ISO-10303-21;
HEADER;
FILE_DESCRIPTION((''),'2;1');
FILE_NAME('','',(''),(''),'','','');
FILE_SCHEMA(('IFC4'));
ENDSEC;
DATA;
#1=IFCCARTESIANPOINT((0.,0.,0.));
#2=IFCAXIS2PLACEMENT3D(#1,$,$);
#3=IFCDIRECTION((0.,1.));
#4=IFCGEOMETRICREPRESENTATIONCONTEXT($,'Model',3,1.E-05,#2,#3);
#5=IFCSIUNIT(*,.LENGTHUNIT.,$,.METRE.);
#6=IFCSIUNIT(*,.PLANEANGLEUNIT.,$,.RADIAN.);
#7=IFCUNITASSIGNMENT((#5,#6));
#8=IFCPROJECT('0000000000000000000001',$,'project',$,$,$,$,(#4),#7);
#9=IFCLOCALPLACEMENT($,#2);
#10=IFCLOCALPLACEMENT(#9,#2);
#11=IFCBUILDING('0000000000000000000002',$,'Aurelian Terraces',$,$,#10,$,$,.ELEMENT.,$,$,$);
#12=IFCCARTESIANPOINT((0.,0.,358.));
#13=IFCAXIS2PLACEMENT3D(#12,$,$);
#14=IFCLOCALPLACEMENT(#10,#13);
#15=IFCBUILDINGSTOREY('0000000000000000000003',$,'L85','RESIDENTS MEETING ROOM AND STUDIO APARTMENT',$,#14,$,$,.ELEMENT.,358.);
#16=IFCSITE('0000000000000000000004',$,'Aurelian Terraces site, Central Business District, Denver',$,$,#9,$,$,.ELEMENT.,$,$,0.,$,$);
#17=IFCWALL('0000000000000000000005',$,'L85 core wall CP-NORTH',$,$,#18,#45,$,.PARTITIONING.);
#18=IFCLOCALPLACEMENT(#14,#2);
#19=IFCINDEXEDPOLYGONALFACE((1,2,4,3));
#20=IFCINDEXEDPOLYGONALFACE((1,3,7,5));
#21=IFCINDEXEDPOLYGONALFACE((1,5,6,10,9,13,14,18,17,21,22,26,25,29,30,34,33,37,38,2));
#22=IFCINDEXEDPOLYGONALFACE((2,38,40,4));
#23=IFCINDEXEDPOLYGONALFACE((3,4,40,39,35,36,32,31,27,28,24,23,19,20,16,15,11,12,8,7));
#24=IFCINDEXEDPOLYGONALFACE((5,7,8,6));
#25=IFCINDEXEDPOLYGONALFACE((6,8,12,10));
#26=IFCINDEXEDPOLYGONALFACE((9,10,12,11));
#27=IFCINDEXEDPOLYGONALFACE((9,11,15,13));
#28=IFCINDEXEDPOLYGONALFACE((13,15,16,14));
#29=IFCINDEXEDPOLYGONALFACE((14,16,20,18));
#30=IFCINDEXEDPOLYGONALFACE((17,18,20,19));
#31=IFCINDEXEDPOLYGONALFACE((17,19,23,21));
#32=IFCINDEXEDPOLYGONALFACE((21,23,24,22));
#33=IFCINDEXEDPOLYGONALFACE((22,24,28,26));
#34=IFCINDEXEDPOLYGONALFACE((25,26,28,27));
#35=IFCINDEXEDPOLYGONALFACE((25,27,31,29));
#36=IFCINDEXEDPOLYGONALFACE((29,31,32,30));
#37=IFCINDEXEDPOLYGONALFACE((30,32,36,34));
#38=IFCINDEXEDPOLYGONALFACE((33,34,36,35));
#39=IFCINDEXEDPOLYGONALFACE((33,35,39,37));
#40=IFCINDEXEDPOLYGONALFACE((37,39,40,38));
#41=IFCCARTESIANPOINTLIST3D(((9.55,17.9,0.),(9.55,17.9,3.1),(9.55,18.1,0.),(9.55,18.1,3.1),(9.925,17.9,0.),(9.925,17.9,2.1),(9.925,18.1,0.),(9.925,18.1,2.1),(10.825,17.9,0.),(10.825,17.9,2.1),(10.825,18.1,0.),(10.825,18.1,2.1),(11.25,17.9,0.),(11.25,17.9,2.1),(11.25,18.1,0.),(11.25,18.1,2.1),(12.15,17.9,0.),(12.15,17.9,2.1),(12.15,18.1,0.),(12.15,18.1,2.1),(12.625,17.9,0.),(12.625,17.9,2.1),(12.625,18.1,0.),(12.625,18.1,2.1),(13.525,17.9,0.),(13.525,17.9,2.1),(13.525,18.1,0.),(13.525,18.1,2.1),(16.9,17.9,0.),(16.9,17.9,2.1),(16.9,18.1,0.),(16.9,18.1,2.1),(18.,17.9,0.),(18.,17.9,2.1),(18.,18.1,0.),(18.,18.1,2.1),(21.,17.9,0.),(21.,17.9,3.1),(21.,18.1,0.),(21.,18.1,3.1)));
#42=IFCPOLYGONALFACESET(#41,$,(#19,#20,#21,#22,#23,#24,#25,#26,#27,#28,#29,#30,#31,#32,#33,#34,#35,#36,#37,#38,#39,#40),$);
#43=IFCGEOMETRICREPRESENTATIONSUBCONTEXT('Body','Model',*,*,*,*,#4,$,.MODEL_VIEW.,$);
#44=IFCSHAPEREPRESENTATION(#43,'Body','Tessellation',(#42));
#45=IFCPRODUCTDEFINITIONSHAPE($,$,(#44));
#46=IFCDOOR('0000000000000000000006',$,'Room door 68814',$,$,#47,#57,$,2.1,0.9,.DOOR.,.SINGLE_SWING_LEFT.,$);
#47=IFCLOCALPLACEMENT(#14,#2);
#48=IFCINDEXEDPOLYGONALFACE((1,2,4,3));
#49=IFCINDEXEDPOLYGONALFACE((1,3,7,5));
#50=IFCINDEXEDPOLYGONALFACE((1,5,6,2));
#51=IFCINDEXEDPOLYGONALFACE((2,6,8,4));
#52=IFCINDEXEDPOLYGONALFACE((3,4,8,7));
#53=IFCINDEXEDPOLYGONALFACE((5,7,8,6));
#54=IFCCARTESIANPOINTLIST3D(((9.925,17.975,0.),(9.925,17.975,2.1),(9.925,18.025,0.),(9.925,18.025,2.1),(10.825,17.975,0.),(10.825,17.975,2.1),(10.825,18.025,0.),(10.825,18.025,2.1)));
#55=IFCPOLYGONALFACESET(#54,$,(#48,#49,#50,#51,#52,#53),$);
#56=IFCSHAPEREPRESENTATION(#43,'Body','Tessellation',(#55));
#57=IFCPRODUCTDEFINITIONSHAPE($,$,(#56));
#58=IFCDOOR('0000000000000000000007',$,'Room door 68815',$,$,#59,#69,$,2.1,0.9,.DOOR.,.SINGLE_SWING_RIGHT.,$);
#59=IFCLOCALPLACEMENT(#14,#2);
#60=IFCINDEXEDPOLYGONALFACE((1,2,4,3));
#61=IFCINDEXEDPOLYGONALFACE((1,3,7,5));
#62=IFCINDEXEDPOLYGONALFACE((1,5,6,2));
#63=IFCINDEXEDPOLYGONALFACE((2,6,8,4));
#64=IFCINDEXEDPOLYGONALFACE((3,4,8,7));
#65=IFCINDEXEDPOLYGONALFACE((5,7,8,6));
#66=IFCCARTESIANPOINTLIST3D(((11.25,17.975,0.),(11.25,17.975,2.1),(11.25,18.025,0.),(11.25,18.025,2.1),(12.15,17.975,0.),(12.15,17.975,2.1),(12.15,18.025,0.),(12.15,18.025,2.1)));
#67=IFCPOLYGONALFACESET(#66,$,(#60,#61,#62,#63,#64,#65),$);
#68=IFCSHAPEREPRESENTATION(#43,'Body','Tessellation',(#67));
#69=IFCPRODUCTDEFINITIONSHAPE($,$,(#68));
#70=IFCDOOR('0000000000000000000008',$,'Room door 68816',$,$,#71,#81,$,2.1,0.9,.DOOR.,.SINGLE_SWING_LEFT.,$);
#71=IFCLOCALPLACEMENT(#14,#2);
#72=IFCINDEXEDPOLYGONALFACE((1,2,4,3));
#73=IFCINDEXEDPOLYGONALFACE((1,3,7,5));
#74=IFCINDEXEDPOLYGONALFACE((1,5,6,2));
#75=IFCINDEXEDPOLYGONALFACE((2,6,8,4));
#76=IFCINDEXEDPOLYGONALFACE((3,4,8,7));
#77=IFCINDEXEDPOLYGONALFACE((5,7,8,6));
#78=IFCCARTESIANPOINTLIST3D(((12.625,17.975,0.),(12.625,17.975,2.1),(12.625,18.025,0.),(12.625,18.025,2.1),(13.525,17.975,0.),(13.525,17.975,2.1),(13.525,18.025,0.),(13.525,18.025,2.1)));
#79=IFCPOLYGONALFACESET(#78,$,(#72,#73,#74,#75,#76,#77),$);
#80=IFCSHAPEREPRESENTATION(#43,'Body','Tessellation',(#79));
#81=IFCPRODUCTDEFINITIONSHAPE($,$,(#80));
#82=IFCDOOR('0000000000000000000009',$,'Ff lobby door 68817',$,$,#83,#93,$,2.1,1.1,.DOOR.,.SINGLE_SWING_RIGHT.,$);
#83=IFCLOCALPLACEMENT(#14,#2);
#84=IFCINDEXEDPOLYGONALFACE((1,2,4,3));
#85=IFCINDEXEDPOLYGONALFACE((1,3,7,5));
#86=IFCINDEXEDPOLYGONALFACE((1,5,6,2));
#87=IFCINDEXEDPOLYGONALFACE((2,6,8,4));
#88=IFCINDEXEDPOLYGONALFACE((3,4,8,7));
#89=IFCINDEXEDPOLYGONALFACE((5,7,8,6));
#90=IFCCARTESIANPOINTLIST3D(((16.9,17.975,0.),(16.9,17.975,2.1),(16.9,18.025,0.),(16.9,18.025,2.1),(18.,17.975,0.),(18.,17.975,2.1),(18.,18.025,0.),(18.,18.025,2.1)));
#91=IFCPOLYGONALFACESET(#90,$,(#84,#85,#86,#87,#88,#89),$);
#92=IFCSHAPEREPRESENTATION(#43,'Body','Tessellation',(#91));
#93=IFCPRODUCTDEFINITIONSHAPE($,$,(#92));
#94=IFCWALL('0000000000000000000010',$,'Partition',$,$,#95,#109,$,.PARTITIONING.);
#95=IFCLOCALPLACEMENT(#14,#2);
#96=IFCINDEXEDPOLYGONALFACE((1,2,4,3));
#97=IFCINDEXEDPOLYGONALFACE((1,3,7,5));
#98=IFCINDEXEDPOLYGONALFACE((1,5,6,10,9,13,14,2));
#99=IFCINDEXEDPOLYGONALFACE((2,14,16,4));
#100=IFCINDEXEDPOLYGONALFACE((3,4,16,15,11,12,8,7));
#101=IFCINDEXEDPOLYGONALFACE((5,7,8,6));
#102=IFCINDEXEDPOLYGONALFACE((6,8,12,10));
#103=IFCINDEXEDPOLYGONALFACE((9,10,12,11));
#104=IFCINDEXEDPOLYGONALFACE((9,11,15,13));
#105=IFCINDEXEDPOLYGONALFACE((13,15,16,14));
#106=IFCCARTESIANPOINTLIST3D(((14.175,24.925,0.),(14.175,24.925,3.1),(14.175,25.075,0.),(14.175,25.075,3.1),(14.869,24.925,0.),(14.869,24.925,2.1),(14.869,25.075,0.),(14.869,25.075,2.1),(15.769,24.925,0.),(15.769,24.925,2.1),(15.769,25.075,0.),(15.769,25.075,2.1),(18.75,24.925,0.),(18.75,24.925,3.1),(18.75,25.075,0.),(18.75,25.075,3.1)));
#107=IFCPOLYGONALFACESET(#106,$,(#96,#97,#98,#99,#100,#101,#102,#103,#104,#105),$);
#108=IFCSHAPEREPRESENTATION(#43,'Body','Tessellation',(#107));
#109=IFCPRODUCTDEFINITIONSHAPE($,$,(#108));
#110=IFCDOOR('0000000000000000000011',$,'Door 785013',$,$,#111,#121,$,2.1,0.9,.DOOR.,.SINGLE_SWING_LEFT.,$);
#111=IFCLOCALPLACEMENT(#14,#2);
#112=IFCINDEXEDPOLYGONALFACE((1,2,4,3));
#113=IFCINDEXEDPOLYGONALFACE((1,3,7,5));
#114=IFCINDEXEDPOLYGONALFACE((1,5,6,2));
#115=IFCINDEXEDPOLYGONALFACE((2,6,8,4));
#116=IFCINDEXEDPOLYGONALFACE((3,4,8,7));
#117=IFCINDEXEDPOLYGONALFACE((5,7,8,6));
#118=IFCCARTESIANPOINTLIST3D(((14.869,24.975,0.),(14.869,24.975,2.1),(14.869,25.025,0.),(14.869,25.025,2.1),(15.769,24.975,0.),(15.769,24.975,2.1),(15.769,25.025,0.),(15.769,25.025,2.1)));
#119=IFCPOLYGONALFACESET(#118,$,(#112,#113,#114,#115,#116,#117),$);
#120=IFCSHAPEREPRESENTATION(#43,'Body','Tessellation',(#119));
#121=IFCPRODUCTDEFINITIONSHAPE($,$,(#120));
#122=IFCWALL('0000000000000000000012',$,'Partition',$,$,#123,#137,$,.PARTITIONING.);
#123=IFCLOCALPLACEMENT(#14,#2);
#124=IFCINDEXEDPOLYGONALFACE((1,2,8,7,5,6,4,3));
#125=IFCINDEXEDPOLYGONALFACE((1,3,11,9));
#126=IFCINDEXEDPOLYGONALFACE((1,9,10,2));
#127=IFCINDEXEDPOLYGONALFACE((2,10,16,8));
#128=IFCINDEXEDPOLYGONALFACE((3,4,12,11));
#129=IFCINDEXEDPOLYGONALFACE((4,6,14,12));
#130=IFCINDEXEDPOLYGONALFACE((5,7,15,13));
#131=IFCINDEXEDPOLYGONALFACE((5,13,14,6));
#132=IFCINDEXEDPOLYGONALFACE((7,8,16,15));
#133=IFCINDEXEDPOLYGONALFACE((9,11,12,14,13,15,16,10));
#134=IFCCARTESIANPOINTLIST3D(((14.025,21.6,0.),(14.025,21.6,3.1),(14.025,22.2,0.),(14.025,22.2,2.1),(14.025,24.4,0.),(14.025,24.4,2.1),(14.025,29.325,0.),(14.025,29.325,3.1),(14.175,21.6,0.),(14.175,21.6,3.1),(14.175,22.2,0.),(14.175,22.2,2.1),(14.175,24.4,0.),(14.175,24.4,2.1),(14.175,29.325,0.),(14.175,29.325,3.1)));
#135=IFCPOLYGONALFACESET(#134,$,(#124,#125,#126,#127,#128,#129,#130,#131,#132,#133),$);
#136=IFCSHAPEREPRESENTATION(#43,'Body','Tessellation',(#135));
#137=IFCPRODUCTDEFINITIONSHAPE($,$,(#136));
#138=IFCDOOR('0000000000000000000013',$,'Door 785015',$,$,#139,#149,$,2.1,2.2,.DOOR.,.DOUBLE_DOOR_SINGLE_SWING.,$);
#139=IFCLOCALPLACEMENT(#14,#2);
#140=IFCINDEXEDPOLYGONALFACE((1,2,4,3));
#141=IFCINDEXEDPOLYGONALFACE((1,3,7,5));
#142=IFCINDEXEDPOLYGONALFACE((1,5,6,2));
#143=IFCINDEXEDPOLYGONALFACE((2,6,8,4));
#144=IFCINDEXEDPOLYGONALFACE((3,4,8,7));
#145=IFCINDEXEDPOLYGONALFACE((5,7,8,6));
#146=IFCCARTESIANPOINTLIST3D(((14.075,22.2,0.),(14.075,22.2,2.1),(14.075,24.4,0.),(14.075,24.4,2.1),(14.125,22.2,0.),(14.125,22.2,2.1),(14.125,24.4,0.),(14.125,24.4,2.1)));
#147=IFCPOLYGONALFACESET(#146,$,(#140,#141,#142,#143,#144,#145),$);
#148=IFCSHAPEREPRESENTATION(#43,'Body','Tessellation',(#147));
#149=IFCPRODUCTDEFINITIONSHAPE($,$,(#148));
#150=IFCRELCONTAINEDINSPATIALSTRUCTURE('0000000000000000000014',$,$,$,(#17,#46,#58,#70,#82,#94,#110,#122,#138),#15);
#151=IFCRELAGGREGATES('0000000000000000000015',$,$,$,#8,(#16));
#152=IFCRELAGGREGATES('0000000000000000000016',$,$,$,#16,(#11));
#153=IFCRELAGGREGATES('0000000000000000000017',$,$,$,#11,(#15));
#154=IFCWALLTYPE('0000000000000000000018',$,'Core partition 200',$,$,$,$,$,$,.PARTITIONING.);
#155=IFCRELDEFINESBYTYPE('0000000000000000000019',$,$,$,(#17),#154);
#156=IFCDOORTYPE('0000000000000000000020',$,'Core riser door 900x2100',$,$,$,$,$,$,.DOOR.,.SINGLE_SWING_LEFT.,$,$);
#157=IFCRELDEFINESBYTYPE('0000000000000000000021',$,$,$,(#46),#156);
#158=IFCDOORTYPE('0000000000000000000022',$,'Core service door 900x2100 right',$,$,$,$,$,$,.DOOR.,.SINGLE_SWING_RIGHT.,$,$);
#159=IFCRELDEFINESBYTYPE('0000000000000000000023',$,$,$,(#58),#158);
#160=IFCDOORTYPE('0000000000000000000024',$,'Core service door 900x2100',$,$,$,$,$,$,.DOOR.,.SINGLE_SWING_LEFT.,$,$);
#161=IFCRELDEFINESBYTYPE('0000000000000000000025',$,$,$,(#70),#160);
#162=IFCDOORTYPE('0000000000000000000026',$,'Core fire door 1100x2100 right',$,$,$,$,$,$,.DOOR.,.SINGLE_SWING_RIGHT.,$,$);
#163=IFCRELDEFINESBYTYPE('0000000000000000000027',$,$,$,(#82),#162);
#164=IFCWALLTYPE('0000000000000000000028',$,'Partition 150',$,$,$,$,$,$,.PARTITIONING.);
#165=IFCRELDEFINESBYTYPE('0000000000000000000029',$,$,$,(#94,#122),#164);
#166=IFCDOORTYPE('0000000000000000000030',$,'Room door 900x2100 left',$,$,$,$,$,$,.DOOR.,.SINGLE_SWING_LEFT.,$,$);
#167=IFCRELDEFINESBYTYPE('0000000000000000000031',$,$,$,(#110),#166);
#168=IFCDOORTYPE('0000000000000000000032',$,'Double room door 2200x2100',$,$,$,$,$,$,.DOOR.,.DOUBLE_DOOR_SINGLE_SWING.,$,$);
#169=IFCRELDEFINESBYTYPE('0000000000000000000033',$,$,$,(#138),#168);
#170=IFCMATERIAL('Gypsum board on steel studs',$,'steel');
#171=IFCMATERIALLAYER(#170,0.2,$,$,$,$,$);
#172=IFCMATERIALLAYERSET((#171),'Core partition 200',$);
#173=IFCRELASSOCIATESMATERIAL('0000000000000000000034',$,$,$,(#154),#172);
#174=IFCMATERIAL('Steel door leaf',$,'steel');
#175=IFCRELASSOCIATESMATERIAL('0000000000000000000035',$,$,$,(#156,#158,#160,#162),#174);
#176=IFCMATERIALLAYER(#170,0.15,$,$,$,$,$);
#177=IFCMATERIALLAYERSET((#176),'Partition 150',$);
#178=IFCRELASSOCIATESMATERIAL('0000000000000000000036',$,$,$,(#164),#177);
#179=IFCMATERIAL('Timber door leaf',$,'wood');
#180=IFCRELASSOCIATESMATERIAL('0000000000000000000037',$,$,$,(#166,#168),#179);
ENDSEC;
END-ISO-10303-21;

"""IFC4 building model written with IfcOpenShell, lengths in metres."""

from ifc_helpers import new_model, si_unit, direction, frame, frame_2d, origin, place, context, subcontext, project, spatial, rectangle, extrude, source, transform, mapped, material, layer, layer_set, type_object, element, fill, save


model = new_model("IFC4")

# Units and contexts
model_context = context("Model", 3, precision=1e-05, world=origin(), true_north=direction((0.0, 1.0)))
body_context = subcontext(model_context, "Body", "Model", "MODEL_VIEW")
ifc_project = project(units=[si_unit("LENGTHUNIT", "METRE"), si_unit("PLANEANGLEUNIT", "RADIAN")], contexts=[model_context])

# Site, building, storey
site_placement = place(None, origin())
site = spatial("IfcSite", under=ifc_project, at=site_placement, Name="Aurelian Terraces site, Central Business District, Denver", CompositionType="ELEMENT", RefElevation=0.0)
building_placement = place(site_placement, origin())
building = spatial("IfcBuilding", under=site, at=building_placement, Name="Aurelian Terraces", CompositionType="ELEMENT")
storey_placement = place(building_placement, frame((0.0, 0.0, 358.0)))
storey = spatial("IfcBuildingStorey", under=building, at=storey_placement, Name="L85", Description="RESIDENTS MEETING ROOM AND STUDIO APARTMENT", CompositionType="ELEMENT", Elevation=358.0)

# Shared definitions
ifc_material_1 = material(Name="Steel door leaf", Category="steel")

# Wall, openings, doors
ifc_material_2 = material(Name="Gypsum board on steel studs", Category="steel")
ifc_layer_1 = layer(ifc_material_2, 0.2)
ifc_layer_set_1 = layer_set([ifc_layer_1], Name="Core partition 200")
wall_type_1 = type_object("IfcWallType", Name="Core partition 200", PredefinedType="PARTITIONING", material=ifc_layer_set_1)
shared_shape_1 = source(origin(), body_context, "Body", "SweptSolid", [
    extrude(rectangle(XDim=11.45, YDim=0.2, at=frame_2d((5.725, 0.0))), origin(), (0.0, 0.0, 1.0), 3.1),
])
wall_1_placement = place(storey_placement, frame((9.55, 18.0, 0.0), z_axis=(0.0, 0.0, 1.0), x_axis=(1.0, 0.0, 0.0)))
wall_1 = element("IfcWall", 1, at=wall_1_placement, inside=storey, type_object=wall_type_1, Name="L85 core wall CP-NORTH", PredefinedType="PARTITIONING", context=body_context, shape_type="MappedRepresentation", body=[
    mapped(shared_shape_1, transform((0.0, 0.0, 0.0), scale=1.0)),
])
shared_shape_2 = source(origin(), body_context, "Body", "SweptSolid", [
    extrude(rectangle(XDim=0.9, YDim=2.1, at=frame_2d((0.45, 1.05))), frame((0.0, 0.11, 0.0), z_axis=(0.0, -1.0, 0.0), x_axis=(1.0, 0.0, 0.0)), (0.0, 0.0, 1.0), 0.22),
])
opening_1_placement = place(wall_1_placement, frame((0.375, 0.0, 0.0)))
opening_1 = element("IfcOpeningElement", 2, at=opening_1_placement, cuts=wall_1, PredefinedType="OPENING", context=body_context, shape_type="MappedRepresentation", body=[
    mapped(shared_shape_2, transform((0.0, 0.0, 0.0), scale=1.0)),
])
opening_2_placement = place(wall_1_placement, frame((1.7, 0.0, 0.0)))
opening_2 = element("IfcOpeningElement", 3, at=opening_2_placement, cuts=wall_1, PredefinedType="OPENING", context=body_context, shape_type="MappedRepresentation", body=[
    mapped(shared_shape_2, transform((0.0, 0.0, 0.0), scale=1.0)),
])
opening_3_placement = place(wall_1_placement, frame((3.075, 0.0, 0.0)))
opening_3 = element("IfcOpeningElement", 4, at=opening_3_placement, cuts=wall_1, PredefinedType="OPENING", context=body_context, shape_type="MappedRepresentation", body=[
    mapped(shared_shape_2, transform((0.0, 0.0, 0.0), scale=1.0)),
])
shared_shape_3 = source(origin(), body_context, "Body", "SweptSolid", [
    extrude(rectangle(XDim=1.1, YDim=2.1, at=frame_2d((0.55, 1.05))), frame((0.0, 0.11, 0.0), z_axis=(0.0, -1.0, 0.0), x_axis=(1.0, 0.0, 0.0)), (0.0, 0.0, 1.0), 0.22),
])
opening_4_placement = place(wall_1_placement, frame((7.35, 0.0, 0.0)))
opening_4 = element("IfcOpeningElement", 5, at=opening_4_placement, cuts=wall_1, PredefinedType="OPENING", context=body_context, shape_type="MappedRepresentation", body=[
    mapped(shared_shape_3, transform((0.0, 0.0, 0.0), scale=1.0)),
])
door_type_1 = type_object("IfcDoorType", Name="Core riser door 900x2100", OperationType="SINGLE_SWING_LEFT", PredefinedType="DOOR", material=ifc_material_1)
shared_shape_4 = source(origin(), body_context, "Body", "SweptSolid", [
    extrude(rectangle(XDim=0.9, YDim=2.1, at=frame_2d((0.45, 1.05))), frame((0.0, 0.025, 0.0), z_axis=(0.0, -1.0, 0.0), x_axis=(1.0, 0.0, 0.0)), (0.0, 0.0, 1.0), 0.05),
])
door_1_placement = place(opening_1_placement, origin())
door_1 = element("IfcDoor", 6, at=door_1_placement, inside=storey, type_object=door_type_1, Name="Room door 68814", OperationType="SINGLE_SWING_LEFT", OverallHeight=2.1, OverallWidth=0.9, PredefinedType="DOOR", context=body_context, shape_type="MappedRepresentation", body=[
    mapped(shared_shape_4, transform((0.0, 0.0, 0.0), scale=1.0)),
])
fill(opening_1, door_1)
door_type_2 = type_object("IfcDoorType", Name="Core service door 900x2100 right", OperationType="SINGLE_SWING_RIGHT", PredefinedType="DOOR", material=ifc_material_1)
door_2_placement = place(opening_2_placement, origin())
door_2 = element("IfcDoor", 7, at=door_2_placement, inside=storey, type_object=door_type_2, Name="Room door 68815", OperationType="SINGLE_SWING_RIGHT", OverallHeight=2.1, OverallWidth=0.9, PredefinedType="DOOR", context=body_context, shape_type="MappedRepresentation", body=[
    mapped(shared_shape_4, transform((0.0, 0.0, 0.0), scale=1.0)),
])
fill(opening_2, door_2)
door_type_3 = type_object("IfcDoorType", Name="Core service door 900x2100", OperationType="SINGLE_SWING_LEFT", PredefinedType="DOOR", material=ifc_material_1)
door_3_placement = place(opening_3_placement, origin())
door_3 = element("IfcDoor", 8, at=door_3_placement, inside=storey, type_object=door_type_3, Name="Room door 68816", OperationType="SINGLE_SWING_LEFT", OverallHeight=2.1, OverallWidth=0.9, PredefinedType="DOOR", context=body_context, shape_type="MappedRepresentation", body=[
    mapped(shared_shape_4, transform((0.0, 0.0, 0.0), scale=1.0)),
])
fill(opening_3, door_3)
door_type_4 = type_object("IfcDoorType", Name="Core fire door 1100x2100 right", OperationType="SINGLE_SWING_RIGHT", PredefinedType="DOOR", material=ifc_material_1)
shared_shape_5 = source(origin(), body_context, "Body", "SweptSolid", [
    extrude(rectangle(XDim=1.1, YDim=2.1, at=frame_2d((0.55, 1.05))), frame((0.0, 0.025, 0.0), z_axis=(0.0, -1.0, 0.0), x_axis=(1.0, 0.0, 0.0)), (0.0, 0.0, 1.0), 0.05),
])
door_4_placement = place(opening_4_placement, origin())
door_4 = element("IfcDoor", 9, at=door_4_placement, inside=storey, type_object=door_type_4, Name="Ff lobby door 68817", OperationType="SINGLE_SWING_RIGHT", OverallHeight=2.1, OverallWidth=1.1, PredefinedType="DOOR", context=body_context, shape_type="MappedRepresentation", body=[
    mapped(shared_shape_5, transform((0.0, 0.0, 0.0), scale=1.0)),
])
fill(opening_4, door_4)

# Walls, openings, doors
ifc_layer_2 = layer(ifc_material_2, 0.15)
ifc_layer_set_2 = layer_set([ifc_layer_2], Name="Partition 150")
wall_type_2 = type_object("IfcWallType", Name="Partition 150", PredefinedType="PARTITIONING", material=ifc_layer_set_2)
shared_shape_6 = source(origin(), body_context, "Body", "SweptSolid", [
    extrude(rectangle(XDim=4.575, YDim=0.15, at=frame_2d((2.2875, 0.0))), origin(), (0.0, 0.0, 1.0), 3.1),
])
wall_2_placement = place(storey_placement, frame((14.175, 25.0, 0.0), z_axis=(0.0, 0.0, 1.0), x_axis=(1.0, 0.0, 0.0)))
wall_2 = element("IfcWall", 10, at=wall_2_placement, inside=storey, type_object=wall_type_2, Name="Partition", PredefinedType="PARTITIONING", context=body_context, shape_type="MappedRepresentation", body=[
    mapped(shared_shape_6, transform((0.0, 0.0, 0.0), scale=1.0)),
])
shared_shape_7 = source(origin(), body_context, "Body", "SweptSolid", [
    extrude(rectangle(XDim=0.9, YDim=2.1, at=frame_2d((0.45, 1.05))), frame((0.0, 0.085, 0.0), z_axis=(0.0, -1.0, 0.0), x_axis=(1.0, 0.0, 0.0)), (0.0, 0.0, 1.0), 0.17),
])
opening_5_placement = place(wall_2_placement, frame((0.694, 0.0, 0.0)))
opening_5 = element("IfcOpeningElement", 11, at=opening_5_placement, cuts=wall_2, PredefinedType="OPENING", context=body_context, shape_type="MappedRepresentation", body=[
    mapped(shared_shape_7, transform((0.0, 0.0, 0.0), scale=1.0)),
])
ifc_material_3 = material(Name="Timber door leaf", Category="wood")
door_type_5 = type_object("IfcDoorType", Name="Room door 900x2100 left", OperationType="SINGLE_SWING_LEFT", PredefinedType="DOOR", material=ifc_material_3)
door_5_placement = place(opening_5_placement, origin())
door_5 = element("IfcDoor", 12, at=door_5_placement, inside=storey, type_object=door_type_5, Name="Door 785013", OperationType="SINGLE_SWING_LEFT", OverallHeight=2.1, OverallWidth=0.9, PredefinedType="DOOR", context=body_context, shape_type="MappedRepresentation", body=[
    mapped(shared_shape_4, transform((0.0, 0.0, 0.0), scale=1.0)),
])
fill(opening_5, door_5)
shared_shape_8 = source(origin(), body_context, "Body", "SweptSolid", [
    extrude(rectangle(XDim=7.725, YDim=0.15, at=frame_2d((3.8625, 0.0))), origin(), (0.0, 0.0, 1.0), 3.1),
])
wall_3_placement = place(storey_placement, frame((14.1, 29.325, 0.0), z_axis=(0.0, 0.0, 1.0), x_axis=(0.0, -1.0, 0.0)))
wall_3 = element("IfcWall", 13, at=wall_3_placement, inside=storey, type_object=wall_type_2, Name="Partition", PredefinedType="PARTITIONING", context=body_context, shape_type="MappedRepresentation", body=[
    mapped(shared_shape_8, transform((0.0, 0.0, 0.0), scale=1.0)),
])
shared_shape_9 = source(origin(), body_context, "Body", "SweptSolid", [
    extrude(rectangle(XDim=2.2, YDim=2.1, at=frame_2d((1.1, 1.05))), frame((0.0, 0.085, 0.0), z_axis=(0.0, -1.0, 0.0), x_axis=(1.0, 0.0, 0.0)), (0.0, 0.0, 1.0), 0.17),
])
opening_6_placement = place(wall_3_placement, frame((4.925, 0.0, 0.0)))
opening_6 = element("IfcOpeningElement", 14, at=opening_6_placement, cuts=wall_3, PredefinedType="OPENING", context=body_context, shape_type="MappedRepresentation", body=[
    mapped(shared_shape_9, transform((0.0, 0.0, 0.0), scale=1.0)),
])
door_type_6 = type_object("IfcDoorType", Name="Double room door 2200x2100", OperationType="DOUBLE_DOOR_SINGLE_SWING", PredefinedType="DOOR", material=ifc_material_3)
shared_shape_10 = source(origin(), body_context, "Body", "SweptSolid", [
    extrude(rectangle(XDim=2.2, YDim=2.1, at=frame_2d((1.1, 1.05))), frame((0.0, 0.025, 0.0), z_axis=(0.0, -1.0, 0.0), x_axis=(1.0, 0.0, 0.0)), (0.0, 0.0, 1.0), 0.05),
])
door_6_placement = place(opening_6_placement, origin())
door_6 = element("IfcDoor", 15, at=door_6_placement, inside=storey, type_object=door_type_6, Name="Door 785015", OperationType="DOUBLE_DOOR_SINGLE_SWING", OverallHeight=2.1, OverallWidth=2.2, PredefinedType="DOOR", context=body_context, shape_type="MappedRepresentation", body=[
    mapped(shared_shape_10, transform((0.0, 0.0, 0.0), scale=1.0)),
])
fill(opening_6, door_6)

save(model, "model.ifc")
